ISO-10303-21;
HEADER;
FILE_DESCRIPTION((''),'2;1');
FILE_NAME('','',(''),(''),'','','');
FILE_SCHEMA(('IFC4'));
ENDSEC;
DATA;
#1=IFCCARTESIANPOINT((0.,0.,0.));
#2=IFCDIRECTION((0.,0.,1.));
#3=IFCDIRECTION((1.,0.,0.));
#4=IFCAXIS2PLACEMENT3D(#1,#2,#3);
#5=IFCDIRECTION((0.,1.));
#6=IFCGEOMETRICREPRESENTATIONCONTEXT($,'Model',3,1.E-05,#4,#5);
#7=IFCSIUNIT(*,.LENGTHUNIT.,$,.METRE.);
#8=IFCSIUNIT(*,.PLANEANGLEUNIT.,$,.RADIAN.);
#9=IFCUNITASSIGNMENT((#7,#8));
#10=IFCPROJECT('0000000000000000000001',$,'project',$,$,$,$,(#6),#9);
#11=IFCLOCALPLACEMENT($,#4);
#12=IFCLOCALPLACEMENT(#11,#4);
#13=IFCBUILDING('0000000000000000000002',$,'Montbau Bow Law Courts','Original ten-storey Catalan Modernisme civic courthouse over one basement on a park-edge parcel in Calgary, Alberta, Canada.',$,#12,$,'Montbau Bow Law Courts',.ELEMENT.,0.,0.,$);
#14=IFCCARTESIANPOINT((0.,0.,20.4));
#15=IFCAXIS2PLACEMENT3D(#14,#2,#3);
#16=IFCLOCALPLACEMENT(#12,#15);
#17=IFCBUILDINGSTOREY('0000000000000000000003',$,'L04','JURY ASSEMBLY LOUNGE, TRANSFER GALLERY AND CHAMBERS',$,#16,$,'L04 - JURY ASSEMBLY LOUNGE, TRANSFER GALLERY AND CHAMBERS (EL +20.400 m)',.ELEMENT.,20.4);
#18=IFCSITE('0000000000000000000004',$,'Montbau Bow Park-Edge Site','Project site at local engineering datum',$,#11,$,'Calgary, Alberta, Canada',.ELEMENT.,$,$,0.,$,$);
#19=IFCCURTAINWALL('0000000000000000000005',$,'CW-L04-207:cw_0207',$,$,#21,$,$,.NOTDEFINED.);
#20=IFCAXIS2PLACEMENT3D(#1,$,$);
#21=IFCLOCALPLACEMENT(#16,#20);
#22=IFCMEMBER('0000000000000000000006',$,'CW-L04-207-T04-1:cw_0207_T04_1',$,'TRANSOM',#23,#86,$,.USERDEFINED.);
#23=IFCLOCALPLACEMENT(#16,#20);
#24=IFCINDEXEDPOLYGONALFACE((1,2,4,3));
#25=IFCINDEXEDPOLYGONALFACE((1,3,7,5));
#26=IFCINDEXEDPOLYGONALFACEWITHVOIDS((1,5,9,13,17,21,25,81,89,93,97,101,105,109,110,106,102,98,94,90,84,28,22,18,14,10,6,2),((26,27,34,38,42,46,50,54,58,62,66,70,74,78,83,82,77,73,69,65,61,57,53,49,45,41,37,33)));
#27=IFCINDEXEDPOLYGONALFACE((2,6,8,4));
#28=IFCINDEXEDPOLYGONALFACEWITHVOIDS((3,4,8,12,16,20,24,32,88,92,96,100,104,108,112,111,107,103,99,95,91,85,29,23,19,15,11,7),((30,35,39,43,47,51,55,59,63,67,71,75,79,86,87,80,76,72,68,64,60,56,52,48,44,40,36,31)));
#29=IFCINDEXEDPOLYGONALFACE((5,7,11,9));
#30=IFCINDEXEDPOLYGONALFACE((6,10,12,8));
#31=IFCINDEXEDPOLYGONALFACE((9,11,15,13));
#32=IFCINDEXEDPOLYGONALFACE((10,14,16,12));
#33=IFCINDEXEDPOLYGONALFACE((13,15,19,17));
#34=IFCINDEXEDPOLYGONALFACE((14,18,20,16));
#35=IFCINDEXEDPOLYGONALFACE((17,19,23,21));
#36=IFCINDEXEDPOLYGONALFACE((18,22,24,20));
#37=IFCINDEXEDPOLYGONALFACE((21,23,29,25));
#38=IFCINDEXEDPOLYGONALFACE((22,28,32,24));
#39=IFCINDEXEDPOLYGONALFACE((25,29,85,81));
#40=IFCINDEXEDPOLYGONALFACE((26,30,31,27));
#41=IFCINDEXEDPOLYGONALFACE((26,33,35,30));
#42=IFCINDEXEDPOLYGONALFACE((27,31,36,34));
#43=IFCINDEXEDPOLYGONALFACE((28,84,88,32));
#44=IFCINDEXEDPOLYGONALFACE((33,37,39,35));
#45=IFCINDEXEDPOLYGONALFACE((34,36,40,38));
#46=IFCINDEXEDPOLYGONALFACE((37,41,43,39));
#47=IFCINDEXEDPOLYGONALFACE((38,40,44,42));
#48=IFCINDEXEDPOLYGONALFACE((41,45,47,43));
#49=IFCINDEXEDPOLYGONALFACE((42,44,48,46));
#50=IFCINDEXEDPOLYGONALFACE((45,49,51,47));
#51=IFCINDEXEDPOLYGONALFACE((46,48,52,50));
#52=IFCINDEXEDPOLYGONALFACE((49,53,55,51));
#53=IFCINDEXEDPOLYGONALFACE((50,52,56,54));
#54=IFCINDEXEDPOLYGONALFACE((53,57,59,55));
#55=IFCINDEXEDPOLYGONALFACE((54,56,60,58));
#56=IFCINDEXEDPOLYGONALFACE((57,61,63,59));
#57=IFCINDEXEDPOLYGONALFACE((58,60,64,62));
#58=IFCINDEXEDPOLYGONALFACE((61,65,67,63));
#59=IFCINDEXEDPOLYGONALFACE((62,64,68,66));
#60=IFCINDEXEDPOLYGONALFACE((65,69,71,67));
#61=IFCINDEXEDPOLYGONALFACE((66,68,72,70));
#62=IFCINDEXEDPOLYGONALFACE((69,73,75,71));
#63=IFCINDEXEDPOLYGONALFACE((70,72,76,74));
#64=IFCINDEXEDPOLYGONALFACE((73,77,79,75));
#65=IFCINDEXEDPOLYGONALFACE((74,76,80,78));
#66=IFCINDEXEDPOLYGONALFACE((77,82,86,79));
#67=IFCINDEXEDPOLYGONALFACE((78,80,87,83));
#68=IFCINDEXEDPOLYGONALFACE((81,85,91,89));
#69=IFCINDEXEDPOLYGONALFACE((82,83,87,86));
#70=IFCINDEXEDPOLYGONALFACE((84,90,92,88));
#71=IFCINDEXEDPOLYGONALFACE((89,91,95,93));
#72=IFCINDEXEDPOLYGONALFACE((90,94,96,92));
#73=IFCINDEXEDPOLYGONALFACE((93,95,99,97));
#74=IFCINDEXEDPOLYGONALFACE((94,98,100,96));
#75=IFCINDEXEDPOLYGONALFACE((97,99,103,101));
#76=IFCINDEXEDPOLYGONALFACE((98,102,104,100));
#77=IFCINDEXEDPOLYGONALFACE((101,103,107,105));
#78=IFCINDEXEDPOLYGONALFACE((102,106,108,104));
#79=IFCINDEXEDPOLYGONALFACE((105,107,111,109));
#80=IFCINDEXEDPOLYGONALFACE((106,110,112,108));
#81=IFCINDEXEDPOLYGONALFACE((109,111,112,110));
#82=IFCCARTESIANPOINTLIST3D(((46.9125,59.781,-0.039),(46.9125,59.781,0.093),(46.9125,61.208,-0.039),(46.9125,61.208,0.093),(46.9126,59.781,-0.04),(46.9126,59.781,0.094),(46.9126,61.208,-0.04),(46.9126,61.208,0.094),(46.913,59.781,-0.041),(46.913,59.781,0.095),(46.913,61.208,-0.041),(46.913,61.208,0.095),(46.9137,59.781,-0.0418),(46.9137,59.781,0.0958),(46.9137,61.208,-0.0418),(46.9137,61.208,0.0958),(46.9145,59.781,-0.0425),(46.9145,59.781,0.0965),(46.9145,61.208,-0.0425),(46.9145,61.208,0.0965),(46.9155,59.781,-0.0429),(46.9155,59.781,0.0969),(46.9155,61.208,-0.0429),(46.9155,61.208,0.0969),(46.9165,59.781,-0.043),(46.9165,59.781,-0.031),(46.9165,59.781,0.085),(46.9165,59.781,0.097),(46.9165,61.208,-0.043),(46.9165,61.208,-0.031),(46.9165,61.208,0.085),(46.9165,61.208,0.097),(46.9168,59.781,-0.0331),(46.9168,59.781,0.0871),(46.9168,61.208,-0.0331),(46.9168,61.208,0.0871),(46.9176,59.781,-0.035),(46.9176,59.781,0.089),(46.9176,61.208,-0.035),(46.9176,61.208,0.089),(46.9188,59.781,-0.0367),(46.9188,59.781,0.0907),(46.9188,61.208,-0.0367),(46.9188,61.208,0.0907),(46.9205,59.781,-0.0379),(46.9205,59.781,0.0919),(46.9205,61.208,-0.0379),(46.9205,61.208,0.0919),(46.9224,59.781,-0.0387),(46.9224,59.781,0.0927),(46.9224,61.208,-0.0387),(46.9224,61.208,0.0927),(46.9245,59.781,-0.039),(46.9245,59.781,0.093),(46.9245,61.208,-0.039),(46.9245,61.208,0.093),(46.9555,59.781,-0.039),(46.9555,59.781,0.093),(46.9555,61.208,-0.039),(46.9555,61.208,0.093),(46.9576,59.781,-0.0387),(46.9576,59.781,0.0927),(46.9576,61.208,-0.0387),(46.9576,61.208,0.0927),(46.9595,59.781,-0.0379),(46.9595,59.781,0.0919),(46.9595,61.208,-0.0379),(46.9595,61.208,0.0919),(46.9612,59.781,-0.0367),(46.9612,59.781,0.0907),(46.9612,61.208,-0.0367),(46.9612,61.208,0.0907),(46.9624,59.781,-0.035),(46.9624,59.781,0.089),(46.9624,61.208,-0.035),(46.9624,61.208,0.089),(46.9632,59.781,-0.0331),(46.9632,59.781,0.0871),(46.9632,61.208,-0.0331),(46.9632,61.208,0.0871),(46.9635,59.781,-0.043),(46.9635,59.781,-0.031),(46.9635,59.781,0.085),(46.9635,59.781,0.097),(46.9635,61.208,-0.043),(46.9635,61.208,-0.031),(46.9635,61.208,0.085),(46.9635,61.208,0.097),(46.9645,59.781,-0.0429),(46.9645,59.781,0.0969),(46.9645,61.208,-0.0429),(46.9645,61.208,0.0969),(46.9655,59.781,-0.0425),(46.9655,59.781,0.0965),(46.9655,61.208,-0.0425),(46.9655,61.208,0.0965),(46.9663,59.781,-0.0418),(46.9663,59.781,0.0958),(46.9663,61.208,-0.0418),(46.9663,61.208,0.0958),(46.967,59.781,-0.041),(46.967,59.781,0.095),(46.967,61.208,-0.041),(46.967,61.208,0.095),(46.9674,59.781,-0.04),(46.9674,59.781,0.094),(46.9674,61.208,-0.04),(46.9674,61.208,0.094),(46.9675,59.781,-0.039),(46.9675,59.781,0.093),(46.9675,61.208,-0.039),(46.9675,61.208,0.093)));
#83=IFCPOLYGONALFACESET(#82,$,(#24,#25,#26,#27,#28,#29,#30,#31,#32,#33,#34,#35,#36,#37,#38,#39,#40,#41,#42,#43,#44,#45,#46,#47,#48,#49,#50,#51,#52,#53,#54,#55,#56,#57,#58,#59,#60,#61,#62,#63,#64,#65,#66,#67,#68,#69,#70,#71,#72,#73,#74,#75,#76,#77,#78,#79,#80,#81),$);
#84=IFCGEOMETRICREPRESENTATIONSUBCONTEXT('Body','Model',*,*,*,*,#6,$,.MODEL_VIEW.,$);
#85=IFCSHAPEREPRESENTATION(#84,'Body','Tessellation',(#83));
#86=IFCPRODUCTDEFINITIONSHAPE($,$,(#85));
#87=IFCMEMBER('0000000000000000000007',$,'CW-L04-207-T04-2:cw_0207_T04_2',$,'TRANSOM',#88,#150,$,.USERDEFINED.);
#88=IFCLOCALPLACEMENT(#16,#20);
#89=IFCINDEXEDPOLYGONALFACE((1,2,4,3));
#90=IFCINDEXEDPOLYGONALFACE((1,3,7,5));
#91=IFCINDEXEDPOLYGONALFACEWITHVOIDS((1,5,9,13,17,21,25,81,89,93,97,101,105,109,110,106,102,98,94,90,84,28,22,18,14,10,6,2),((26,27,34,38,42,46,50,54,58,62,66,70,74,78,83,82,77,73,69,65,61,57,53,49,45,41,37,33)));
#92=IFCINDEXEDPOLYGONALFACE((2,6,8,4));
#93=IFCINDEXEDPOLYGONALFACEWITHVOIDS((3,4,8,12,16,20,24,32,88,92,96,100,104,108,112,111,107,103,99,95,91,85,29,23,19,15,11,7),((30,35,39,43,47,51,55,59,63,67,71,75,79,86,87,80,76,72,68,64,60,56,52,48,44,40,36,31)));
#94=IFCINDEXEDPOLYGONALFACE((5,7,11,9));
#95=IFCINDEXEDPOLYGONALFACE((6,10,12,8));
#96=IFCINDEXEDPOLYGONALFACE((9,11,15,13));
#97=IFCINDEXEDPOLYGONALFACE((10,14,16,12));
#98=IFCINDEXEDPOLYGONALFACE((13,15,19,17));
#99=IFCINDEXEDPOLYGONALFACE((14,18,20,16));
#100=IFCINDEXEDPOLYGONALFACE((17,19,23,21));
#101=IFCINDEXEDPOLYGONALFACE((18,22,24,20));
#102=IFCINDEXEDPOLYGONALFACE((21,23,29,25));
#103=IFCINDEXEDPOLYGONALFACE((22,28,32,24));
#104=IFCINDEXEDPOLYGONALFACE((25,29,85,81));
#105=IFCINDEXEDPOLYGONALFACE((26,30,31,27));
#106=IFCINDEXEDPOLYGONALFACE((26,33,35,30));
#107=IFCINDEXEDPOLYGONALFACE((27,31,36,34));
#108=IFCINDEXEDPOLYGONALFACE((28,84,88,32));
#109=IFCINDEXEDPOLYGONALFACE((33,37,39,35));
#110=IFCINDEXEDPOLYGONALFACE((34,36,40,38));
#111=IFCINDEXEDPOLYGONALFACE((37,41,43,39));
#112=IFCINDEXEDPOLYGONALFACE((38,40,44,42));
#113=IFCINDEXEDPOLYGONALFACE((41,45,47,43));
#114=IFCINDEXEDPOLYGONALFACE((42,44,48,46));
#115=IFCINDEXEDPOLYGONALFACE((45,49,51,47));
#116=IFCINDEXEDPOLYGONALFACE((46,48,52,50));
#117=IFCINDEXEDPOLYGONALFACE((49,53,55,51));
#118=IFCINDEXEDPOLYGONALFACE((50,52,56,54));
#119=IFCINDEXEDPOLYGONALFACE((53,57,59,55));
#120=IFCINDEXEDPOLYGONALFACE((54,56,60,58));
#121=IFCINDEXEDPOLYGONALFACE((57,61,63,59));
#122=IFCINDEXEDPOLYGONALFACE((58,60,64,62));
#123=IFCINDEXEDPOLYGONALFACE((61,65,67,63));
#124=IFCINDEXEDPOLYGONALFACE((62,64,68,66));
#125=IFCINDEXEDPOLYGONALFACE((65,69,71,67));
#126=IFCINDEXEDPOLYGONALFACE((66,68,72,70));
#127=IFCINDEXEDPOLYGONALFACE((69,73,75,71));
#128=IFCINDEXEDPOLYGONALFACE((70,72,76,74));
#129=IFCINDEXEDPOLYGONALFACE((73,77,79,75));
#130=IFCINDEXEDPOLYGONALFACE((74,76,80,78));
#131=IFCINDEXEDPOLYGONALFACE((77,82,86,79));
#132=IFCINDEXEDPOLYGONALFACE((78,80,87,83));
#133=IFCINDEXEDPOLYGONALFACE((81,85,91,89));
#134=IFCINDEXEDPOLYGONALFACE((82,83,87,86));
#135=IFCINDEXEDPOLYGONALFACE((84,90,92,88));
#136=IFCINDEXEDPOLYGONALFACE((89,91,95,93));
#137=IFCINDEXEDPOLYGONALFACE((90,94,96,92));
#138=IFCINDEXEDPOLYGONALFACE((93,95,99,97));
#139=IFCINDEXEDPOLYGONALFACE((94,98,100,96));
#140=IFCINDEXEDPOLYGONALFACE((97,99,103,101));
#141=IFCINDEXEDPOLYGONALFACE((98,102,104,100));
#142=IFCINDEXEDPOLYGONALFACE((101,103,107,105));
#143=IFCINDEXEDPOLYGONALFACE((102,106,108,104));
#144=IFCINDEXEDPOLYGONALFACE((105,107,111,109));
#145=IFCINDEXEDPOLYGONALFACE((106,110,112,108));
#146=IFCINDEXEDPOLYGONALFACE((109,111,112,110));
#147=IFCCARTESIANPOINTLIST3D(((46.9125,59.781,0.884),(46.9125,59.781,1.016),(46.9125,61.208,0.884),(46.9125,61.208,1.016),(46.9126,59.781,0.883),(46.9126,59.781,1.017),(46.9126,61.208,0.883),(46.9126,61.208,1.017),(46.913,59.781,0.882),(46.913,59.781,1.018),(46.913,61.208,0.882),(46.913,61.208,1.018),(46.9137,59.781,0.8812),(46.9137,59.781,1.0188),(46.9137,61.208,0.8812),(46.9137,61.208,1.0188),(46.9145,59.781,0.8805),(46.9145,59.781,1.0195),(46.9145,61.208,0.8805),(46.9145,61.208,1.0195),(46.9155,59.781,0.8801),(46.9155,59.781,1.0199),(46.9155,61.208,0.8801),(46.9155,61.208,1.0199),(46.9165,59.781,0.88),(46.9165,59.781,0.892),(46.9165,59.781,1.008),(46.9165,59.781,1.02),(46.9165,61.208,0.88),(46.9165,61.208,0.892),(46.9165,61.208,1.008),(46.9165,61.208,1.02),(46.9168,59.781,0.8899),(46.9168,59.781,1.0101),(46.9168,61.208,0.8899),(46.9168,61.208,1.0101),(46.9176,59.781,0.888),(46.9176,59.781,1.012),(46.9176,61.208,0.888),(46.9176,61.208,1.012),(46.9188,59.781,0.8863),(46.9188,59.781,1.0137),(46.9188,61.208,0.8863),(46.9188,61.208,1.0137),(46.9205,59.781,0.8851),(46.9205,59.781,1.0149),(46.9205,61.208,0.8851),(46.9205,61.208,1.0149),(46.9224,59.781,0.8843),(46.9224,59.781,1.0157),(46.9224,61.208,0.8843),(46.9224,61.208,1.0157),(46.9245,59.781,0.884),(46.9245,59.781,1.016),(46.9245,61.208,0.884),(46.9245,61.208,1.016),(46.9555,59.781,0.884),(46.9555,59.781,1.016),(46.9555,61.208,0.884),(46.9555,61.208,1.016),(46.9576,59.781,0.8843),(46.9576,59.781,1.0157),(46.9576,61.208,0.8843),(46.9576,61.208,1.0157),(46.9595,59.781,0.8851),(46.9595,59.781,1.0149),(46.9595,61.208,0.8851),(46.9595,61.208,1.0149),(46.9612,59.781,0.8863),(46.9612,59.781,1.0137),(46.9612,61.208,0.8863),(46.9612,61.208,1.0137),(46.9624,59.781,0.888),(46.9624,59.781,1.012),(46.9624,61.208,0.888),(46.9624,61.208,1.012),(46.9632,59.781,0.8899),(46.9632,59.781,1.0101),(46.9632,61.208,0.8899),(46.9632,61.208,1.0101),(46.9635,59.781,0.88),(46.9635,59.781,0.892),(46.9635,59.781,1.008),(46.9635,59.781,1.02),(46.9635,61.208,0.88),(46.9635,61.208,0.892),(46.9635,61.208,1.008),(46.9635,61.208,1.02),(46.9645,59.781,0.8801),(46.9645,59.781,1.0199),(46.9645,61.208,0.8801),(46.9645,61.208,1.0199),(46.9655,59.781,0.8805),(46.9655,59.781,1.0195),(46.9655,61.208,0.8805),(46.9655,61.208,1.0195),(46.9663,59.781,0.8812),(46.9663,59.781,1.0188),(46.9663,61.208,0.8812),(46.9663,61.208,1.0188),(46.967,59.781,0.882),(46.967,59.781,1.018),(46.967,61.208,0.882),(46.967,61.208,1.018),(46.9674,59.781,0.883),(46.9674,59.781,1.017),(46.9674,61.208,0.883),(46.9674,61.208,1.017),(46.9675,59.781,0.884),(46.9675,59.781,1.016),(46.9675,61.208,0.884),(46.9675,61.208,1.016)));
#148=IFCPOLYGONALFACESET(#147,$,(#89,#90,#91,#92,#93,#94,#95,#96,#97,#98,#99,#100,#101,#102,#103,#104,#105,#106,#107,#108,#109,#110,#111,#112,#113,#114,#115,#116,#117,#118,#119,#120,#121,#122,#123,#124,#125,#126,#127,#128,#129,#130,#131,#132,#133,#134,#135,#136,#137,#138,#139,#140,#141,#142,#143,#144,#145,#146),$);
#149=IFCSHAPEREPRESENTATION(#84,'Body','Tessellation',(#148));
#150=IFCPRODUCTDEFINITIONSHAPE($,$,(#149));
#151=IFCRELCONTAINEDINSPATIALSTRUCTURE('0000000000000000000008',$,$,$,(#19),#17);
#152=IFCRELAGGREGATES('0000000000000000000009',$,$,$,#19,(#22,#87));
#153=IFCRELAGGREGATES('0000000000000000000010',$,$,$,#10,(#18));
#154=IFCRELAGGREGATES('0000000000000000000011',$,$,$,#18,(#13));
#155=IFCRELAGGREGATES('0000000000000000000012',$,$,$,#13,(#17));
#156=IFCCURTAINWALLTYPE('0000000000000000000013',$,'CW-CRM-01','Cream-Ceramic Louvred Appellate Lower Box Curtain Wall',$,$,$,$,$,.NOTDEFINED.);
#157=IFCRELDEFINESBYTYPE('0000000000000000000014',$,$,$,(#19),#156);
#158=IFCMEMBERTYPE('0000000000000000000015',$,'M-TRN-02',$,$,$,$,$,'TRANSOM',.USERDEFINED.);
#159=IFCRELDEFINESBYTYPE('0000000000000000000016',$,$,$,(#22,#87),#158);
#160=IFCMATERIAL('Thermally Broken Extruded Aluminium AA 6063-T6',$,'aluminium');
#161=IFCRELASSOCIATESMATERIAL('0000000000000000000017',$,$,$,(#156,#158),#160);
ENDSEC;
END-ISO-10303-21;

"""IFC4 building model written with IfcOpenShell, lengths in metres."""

from ifc_helpers import new_model, si_unit, direction, frame, origin_with_axes, origin_2d_with_axis, place, context, subcontext, project, spatial, hollow_rectangle, extrude, material, material_profile, profile_set, type_object, element, aggregate, save


model = new_model("IFC4")

# Units and contexts
model_context = context("Model", 3, precision=1e-05, world=origin_with_axes(), true_north=direction((0.0, 1.0)))
body_context = subcontext(model_context, "Body", "Model", "MODEL_VIEW")
ifc_project = project(units=[si_unit("LENGTHUNIT", "METRE"), si_unit("PLANEANGLEUNIT", "RADIAN")], contexts=[model_context])

# Site, building, storey
site_placement = place(None, origin_with_axes())
site = spatial("IfcSite", under=ifc_project, at=site_placement, Name="Montbau Bow Park-Edge Site", Description="Project site at local engineering datum", LongName="Calgary, Alberta, Canada", CompositionType="ELEMENT", RefElevation=0.0)
building_placement = place(site_placement, origin_with_axes())
building = spatial("IfcBuilding", under=site, at=building_placement, Name="Montbau Bow Law Courts", Description="Original ten-storey Catalan Modernisme civic courthouse over one basement on a park-edge parcel in Calgary, Alberta, Canada.", LongName="Montbau Bow Law Courts", CompositionType="ELEMENT", ElevationOfRefHeight=0.0, ElevationOfTerrain=0.0)
storey_placement = place(building_placement, frame((0.0, 0.0, 20.4), z_axis=(0.0, 0.0, 1.0), x_axis=(1.0, 0.0, 0.0)))
storey = spatial("IfcBuildingStorey", under=building, at=storey_placement, Name="L04", Description="JURY ASSEMBLY LOUNGE, TRANSFER GALLERY AND CHAMBERS", LongName="L04 - JURY ASSEMBLY LOUNGE, TRANSFER GALLERY AND CHAMBERS (EL +20.400 m)", CompositionType="ELEMENT", Elevation=20.4)

# Curtain wall
ifc_material_1 = material(Name="Thermally Broken Extruded Aluminium AA 6063-T6", Category="aluminium")
curtain_wall_type = type_object("IfcCurtainWallType", Name="CW-CRM-01", Description="Cream-Ceramic Louvred Appellate Lower Box Curtain Wall", PredefinedType="NOTDEFINED", material=ifc_material_1)
curtain_wall_1_placement = place(None, frame((46.94, 55.115, 20.4), z_axis=(0.0, 0.0, 1.0), x_axis=(1.0, 0.0, 0.0)))
curtain_wall_1 = element("IfcCurtainWall", 1, at=curtain_wall_1_placement, inside=storey, type_object=curtain_wall_type, Name="CW-L04-207:cw_0207", PredefinedType="NOTDEFINED")
ifc_material_profile_1 = material_profile(ifc_material_1, hollow_rectangle(XDim=0.055, YDim=0.14, WallThickness=0.004, InnerFilletRadius=0.008, OuterFilletRadius=0.004, at=origin_2d_with_axis()), Name="CWT-140X55", Category="Main", Priority=0)
ifc_profile_set_1 = profile_set([ifc_material_profile_1], Name="Thermally Broken Extruded Aluminium AA 6063-T6")
member_type_1 = type_object("IfcMemberType", Name="M-TRN-02", ElementType="TRANSOM", PredefinedType="USERDEFINED", material=ifc_profile_set_1)

# Members
member_1_placement = place(None, frame((46.94, 59.781, 20.427), z_axis=(0.0, 1.0, 0.0), x_axis=(-1.0, 0.0, 0.0)))
member_1 = element("IfcMember", 2, at=member_1_placement, type_object=member_type_1, Name="CW-L04-207-T04-1:cw_0207_T04_1", ObjectType="TRANSOM", PredefinedType="USERDEFINED", context=body_context, shape_type="SweptSolid", body=[
    extrude(hollow_rectangle(XDim=0.055, YDim=0.14, WallThickness=0.004, InnerFilletRadius=0.008, OuterFilletRadius=0.004, at=origin_2d_with_axis()), origin_with_axes(), (0.0, 0.0, 1.0), 1.427),
])
member_2_placement = place(None, frame((46.94, 59.781, 21.35), z_axis=(0.0, 1.0, 0.0), x_axis=(-1.0, 0.0, 0.0)))
member_2 = element("IfcMember", 3, at=member_2_placement, type_object=member_type_1, Name="CW-L04-207-T04-2:cw_0207_T04_2", ObjectType="TRANSOM", PredefinedType="USERDEFINED", context=body_context, shape_type="SweptSolid", body=[
    extrude(hollow_rectangle(XDim=0.055, YDim=0.14, WallThickness=0.004, InnerFilletRadius=0.008, OuterFilletRadius=0.004, at=origin_2d_with_axis()), origin_with_axes(), (0.0, 0.0, 1.0), 1.427),
])

aggregate(curtain_wall_1, [member_1, member_2])

save(model, "model.ifc")
